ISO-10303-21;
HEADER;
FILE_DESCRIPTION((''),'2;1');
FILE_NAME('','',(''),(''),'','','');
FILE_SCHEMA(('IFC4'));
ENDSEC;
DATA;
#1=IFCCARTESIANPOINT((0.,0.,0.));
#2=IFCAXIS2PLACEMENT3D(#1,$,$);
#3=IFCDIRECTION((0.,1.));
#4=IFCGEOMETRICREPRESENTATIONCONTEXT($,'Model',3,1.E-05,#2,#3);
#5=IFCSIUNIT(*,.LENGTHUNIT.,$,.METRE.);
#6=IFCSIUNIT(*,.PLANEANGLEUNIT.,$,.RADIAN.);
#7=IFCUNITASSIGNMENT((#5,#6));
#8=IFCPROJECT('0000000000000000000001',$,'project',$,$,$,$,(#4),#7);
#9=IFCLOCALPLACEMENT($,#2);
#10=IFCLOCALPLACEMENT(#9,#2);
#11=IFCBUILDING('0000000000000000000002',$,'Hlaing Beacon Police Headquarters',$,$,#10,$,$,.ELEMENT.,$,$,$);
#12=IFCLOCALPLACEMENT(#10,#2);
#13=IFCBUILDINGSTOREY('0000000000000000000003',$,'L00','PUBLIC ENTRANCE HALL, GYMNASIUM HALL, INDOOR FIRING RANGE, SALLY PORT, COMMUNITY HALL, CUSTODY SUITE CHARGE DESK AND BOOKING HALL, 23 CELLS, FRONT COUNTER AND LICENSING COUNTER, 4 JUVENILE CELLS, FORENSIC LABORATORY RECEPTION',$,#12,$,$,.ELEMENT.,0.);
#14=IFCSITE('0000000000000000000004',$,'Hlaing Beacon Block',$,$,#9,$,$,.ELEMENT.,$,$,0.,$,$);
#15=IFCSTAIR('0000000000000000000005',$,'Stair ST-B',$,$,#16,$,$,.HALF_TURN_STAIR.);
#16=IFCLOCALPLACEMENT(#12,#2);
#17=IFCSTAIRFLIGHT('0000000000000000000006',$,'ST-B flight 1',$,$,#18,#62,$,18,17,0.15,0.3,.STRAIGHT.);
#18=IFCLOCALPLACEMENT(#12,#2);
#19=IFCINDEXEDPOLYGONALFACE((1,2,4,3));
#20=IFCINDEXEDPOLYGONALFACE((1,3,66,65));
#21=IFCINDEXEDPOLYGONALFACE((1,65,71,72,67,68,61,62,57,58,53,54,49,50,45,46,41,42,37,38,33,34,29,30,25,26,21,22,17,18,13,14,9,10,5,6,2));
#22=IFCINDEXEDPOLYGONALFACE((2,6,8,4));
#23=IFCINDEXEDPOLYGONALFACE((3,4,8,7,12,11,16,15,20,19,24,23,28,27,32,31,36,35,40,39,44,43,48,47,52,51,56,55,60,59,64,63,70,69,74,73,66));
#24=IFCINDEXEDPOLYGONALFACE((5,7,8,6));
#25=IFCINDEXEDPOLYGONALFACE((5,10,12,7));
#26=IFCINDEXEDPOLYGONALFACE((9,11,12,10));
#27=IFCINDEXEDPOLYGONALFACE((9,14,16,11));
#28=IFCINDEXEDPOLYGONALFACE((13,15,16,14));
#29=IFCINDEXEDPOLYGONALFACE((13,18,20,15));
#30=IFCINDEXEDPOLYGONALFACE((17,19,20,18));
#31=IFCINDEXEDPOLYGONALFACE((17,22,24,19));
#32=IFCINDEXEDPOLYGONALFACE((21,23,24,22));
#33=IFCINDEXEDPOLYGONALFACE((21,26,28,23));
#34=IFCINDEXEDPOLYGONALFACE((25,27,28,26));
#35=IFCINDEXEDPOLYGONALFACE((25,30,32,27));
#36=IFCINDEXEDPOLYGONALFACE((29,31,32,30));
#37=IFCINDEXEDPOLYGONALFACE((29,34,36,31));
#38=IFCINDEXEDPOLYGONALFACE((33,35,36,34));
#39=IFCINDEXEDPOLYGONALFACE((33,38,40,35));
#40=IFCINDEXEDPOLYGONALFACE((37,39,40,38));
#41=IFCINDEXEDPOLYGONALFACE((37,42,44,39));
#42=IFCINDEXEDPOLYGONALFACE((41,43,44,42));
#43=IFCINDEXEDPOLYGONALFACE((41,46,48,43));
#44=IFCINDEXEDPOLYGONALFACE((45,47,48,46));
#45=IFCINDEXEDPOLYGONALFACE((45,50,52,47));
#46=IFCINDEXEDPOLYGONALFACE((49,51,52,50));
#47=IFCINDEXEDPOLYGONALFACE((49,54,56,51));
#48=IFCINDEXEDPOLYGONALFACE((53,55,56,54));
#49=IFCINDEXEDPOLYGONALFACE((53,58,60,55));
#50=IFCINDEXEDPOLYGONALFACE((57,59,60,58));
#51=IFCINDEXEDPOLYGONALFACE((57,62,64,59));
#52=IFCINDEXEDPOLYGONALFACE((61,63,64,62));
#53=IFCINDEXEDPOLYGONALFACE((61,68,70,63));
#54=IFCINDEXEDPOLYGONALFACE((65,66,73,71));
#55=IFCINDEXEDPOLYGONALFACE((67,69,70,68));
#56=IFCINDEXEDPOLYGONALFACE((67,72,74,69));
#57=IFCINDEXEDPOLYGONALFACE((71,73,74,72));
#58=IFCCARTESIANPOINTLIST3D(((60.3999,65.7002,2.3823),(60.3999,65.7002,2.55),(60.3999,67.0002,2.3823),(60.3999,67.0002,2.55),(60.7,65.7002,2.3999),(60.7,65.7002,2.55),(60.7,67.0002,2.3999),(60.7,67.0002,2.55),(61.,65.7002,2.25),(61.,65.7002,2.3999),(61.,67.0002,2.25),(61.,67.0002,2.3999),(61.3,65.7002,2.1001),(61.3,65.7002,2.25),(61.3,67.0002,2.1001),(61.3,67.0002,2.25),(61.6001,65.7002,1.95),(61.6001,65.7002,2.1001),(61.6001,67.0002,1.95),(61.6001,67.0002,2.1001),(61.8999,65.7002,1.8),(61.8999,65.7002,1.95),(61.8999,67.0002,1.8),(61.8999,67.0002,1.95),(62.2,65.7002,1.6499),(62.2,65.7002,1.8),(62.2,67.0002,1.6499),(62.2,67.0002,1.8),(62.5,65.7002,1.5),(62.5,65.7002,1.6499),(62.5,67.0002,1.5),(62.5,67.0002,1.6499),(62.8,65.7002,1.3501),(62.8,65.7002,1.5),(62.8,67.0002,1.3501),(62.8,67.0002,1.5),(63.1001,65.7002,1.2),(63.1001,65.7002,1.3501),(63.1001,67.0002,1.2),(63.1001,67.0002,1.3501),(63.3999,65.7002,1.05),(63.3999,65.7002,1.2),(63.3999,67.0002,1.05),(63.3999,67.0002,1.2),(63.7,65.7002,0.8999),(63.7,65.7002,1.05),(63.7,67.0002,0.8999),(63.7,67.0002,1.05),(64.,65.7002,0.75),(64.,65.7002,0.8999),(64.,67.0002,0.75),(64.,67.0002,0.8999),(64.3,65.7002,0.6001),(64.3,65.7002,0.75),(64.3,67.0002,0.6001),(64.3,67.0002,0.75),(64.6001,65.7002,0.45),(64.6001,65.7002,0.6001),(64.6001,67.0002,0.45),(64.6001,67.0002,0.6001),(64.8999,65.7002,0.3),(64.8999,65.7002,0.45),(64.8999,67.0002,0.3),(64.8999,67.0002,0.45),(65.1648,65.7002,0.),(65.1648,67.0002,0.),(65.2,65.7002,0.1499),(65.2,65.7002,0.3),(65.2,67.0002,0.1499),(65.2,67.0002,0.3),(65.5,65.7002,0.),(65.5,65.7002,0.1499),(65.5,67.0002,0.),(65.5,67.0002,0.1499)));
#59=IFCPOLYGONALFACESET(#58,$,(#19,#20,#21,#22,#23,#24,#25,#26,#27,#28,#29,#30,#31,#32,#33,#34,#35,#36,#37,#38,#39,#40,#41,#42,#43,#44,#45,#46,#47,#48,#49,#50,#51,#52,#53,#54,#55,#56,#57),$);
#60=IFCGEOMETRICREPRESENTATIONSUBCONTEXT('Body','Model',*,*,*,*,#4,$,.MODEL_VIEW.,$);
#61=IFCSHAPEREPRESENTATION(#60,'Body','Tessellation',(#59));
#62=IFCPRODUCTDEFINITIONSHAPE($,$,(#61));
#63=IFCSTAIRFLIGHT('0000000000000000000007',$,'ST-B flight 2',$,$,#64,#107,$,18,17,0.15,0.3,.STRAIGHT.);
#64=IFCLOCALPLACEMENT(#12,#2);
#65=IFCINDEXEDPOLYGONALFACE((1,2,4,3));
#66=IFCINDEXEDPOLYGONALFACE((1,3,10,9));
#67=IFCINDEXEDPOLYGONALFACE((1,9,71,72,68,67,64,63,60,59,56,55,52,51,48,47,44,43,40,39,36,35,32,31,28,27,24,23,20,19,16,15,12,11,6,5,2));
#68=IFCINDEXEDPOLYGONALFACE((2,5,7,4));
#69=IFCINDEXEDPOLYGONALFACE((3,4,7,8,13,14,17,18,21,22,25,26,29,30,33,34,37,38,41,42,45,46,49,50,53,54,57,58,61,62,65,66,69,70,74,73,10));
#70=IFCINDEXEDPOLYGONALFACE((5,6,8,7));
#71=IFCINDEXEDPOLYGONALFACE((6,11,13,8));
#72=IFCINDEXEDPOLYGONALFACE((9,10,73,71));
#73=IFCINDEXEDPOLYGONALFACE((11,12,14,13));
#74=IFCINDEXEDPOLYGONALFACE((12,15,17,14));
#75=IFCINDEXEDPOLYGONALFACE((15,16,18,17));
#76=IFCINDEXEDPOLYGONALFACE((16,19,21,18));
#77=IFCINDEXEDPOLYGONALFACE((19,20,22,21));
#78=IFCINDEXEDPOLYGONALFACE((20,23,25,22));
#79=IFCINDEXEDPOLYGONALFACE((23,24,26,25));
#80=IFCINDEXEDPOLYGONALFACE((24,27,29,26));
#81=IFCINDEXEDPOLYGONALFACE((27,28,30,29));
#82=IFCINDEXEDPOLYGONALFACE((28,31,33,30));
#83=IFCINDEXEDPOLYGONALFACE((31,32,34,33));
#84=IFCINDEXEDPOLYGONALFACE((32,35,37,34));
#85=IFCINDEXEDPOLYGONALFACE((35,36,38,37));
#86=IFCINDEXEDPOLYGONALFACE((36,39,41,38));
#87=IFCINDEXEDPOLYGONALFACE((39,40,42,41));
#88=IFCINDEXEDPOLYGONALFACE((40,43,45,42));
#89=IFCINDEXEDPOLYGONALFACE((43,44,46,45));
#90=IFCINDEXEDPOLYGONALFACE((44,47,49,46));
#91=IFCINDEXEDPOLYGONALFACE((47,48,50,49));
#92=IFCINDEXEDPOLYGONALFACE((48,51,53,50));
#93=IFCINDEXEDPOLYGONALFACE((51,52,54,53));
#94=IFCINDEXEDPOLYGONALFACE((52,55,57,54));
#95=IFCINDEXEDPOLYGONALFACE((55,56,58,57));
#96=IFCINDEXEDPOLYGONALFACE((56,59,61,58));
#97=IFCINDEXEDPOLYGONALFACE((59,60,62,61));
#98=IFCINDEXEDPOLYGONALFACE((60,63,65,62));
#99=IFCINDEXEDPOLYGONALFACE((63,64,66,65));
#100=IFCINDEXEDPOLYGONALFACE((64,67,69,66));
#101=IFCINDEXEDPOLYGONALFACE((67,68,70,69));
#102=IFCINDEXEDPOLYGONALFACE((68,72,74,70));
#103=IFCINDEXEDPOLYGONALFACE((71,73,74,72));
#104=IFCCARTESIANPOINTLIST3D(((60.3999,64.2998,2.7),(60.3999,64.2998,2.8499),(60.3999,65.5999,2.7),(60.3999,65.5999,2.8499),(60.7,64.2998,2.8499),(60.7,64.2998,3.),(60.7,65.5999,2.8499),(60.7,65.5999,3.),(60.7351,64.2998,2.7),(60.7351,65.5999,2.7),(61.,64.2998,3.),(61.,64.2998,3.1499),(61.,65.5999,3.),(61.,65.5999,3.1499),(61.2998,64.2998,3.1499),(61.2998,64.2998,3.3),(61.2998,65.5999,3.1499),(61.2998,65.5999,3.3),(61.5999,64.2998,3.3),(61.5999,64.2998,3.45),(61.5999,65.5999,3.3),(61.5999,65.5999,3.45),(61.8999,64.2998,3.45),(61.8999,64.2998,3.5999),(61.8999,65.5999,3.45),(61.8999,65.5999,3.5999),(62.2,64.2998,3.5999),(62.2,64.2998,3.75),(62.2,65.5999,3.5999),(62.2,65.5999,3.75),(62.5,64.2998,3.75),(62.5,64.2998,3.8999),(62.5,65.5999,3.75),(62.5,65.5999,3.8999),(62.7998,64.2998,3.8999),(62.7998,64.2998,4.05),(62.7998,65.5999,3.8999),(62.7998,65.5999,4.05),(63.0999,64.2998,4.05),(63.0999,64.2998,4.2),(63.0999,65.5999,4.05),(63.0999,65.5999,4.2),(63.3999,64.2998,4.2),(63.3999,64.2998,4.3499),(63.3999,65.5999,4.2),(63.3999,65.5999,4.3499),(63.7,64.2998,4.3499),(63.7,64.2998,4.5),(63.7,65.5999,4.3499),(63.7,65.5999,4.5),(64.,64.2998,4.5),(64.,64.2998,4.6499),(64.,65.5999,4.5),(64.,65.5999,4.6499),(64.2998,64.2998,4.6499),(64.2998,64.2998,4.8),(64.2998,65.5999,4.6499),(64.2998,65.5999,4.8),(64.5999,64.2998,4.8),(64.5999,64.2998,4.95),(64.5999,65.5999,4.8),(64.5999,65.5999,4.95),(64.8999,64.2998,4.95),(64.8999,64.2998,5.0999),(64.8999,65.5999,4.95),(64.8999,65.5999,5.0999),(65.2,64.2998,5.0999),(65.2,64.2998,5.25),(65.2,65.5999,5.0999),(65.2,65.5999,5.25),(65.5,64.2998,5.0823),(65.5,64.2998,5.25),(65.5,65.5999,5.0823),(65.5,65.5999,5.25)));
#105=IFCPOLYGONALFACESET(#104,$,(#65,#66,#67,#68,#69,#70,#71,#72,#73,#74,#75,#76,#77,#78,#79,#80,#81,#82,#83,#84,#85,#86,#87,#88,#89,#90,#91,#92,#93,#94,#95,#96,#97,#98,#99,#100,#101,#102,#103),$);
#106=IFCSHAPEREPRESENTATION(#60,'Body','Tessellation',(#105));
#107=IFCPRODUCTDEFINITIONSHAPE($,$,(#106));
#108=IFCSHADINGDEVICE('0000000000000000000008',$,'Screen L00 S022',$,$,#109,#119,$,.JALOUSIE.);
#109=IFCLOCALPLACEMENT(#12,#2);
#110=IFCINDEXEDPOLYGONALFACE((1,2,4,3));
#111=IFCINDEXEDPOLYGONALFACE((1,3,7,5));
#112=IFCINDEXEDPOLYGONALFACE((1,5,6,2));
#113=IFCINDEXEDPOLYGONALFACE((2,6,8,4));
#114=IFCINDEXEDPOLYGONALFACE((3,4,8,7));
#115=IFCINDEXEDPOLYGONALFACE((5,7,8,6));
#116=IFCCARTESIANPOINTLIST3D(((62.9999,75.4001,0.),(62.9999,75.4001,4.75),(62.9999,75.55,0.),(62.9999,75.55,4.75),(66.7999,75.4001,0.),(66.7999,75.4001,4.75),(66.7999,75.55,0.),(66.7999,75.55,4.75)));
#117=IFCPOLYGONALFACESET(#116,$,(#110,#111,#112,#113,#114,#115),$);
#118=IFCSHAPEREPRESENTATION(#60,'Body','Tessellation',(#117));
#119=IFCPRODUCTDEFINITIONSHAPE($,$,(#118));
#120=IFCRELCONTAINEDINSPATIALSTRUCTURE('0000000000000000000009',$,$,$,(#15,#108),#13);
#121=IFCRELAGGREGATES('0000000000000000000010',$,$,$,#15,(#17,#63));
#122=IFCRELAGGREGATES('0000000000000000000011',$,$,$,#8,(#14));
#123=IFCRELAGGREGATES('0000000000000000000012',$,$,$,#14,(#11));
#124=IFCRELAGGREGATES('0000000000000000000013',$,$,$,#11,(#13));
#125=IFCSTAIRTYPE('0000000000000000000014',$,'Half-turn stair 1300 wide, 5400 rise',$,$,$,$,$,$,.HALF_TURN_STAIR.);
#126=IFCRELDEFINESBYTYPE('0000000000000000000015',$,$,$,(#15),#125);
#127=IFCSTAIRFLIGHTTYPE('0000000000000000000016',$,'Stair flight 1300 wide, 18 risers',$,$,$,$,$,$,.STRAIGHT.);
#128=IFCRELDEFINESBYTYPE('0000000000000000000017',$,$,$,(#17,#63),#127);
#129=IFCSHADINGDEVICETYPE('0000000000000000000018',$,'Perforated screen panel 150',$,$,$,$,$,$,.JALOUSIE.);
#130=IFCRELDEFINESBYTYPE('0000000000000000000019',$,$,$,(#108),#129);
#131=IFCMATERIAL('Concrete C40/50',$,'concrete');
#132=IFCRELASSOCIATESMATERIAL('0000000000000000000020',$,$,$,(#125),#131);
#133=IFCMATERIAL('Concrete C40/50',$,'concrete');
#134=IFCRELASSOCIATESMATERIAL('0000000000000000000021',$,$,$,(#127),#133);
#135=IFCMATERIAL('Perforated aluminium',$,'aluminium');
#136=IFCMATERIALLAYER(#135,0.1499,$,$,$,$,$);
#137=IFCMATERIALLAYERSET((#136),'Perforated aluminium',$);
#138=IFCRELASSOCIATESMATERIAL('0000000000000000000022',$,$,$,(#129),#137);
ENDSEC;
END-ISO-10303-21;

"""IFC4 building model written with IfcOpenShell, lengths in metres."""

from ifc_helpers import new_model, si_unit, direction, frame, origin, origin_2d, place, context, subcontext, project, spatial, polyline, rectangle, outline, extrude, material, layer, layer_set, type_object, element, aggregate, save


model = new_model("IFC4")

# Units and contexts
model_context = context("Model", 3, precision=1e-05, world=origin(), true_north=direction((0.0, 1.0)))
body_context = subcontext(model_context, "Body", "Model", "MODEL_VIEW")
ifc_project = project(units=[si_unit("LENGTHUNIT", "METRE"), si_unit("PLANEANGLEUNIT", "RADIAN")], contexts=[model_context])

# Site, building, storey
site_placement = place(None, origin())
site = spatial("IfcSite", under=ifc_project, at=site_placement, Name="Hlaing Beacon Block", CompositionType="ELEMENT", RefElevation=0.0)
building_placement = place(site_placement, origin())
building = spatial("IfcBuilding", under=site, at=building_placement, Name="Hlaing Beacon Police Headquarters", CompositionType="ELEMENT")
storey_placement = place(building_placement, origin())
storey = spatial("IfcBuildingStorey", under=building, at=storey_placement, Name="L00", Description="PUBLIC ENTRANCE HALL, GYMNASIUM HALL, INDOOR FIRING RANGE, SALLY PORT, COMMUNITY HALL, CUSTODY SUITE CHARGE DESK AND BOOKING HALL, 23 CELLS, FRONT COUNTER AND LICENSING COUNTER, 4 JUVENILE CELLS, FORENSIC LABORATORY RECEPTION", CompositionType="ELEMENT", Elevation=0.0)

# Stair, stair flights
ifc_material_1 = material(Name="Concrete C40/50", Category="concrete")
stair_type = type_object("IfcStairType", Name="Half-turn stair 1300 wide, 5400 rise", PredefinedType="HALF_TURN_STAIR", material=ifc_material_1)
stair_placement = place(storey_placement, origin())
stair = element("IfcStair", 1, at=stair_placement, inside=storey, type_object=stair_type, Name="Stair ST-B", PredefinedType="HALF_TURN_STAIR")
ifc_material_2 = material(Name="Concrete C40/50", Category="concrete")
stair_flight_type = type_object("IfcStairFlightType", Name="Stair flight 1300 wide, 18 risers", PredefinedType="STRAIGHT", material=ifc_material_2)
stair_flight_1_placement = place(storey_placement, frame((65.5, 66.3501, 0.0), z_axis=(0.0, 0.0, 1.0), x_axis=(-1.0, 0.0, 0.0)))
stair_flight_1 = element("IfcStairFlight", 2, at=stair_flight_1_placement, type_object=stair_flight_type, Name="ST-B flight 1", NumberOfRisers=18, NumberOfTreads=17, PredefinedType="STRAIGHT", RiserHeight=0.15, TreadLength=0.3, context=body_context, shape_type="SweptSolid", body=[
    extrude(outline(polyline([(0.0, 0.0), (0.0, 0.1499), (0.3, 0.1499), (0.3, 0.3), (0.6001, 0.3), (0.6001, 0.45), (0.8999, 0.45), (0.8999, 0.6001), (1.2, 0.6001), (1.2, 0.75), (1.5, 0.75), (1.5, 0.8999), (1.8, 0.8999), (1.8, 1.05), (2.1001, 1.05), (2.1001, 1.2), (2.3999, 1.2), (2.3999, 1.3501), (2.7, 1.3501), (2.7, 1.5), (3.0, 1.5), (3.0, 1.6499), (3.3, 1.6499), (3.3, 1.8), (3.6001, 1.8), (3.6001, 1.95), (3.8999, 1.95), (3.8999, 2.1001), (4.2, 2.1001), (4.2, 2.25), (4.5, 2.25), (4.5, 2.3999), (4.8, 2.3999), (4.8, 2.55), (5.1001, 2.55), (5.1001, 2.7), (5.1001, 2.3823), (0.3352, 0.0), (0.0, 0.0)])), frame((0.0, 0.6499, 0.0), z_axis=(0.0, -1.0, 0.0), x_axis=(1.0, 0.0, 0.0)), (0.0, 0.0, 1.0), 1.3),
])
stair_flight_2_placement = place(storey_placement, frame((60.3999, 64.95, 2.7), z_axis=(0.0, 0.0, 1.0), x_axis=(1.0, 0.0, 0.0)))
stair_flight_2 = element("IfcStairFlight", 3, at=stair_flight_2_placement, type_object=stair_flight_type, Name="ST-B flight 2", NumberOfRisers=18, NumberOfTreads=17, PredefinedType="STRAIGHT", RiserHeight=0.15, TreadLength=0.3, context=body_context, shape_type="SweptSolid", body=[
    extrude(outline(polyline([(0.0, 0.0), (0.0, 0.1499), (0.3, 0.1499), (0.3, 0.3), (0.6001, 0.3), (0.6001, 0.45), (0.8999, 0.45), (0.8999, 0.6001), (1.2, 0.6001), (1.2, 0.75), (1.5, 0.75), (1.5, 0.8999), (1.8, 0.8999), (1.8, 1.05), (2.1001, 1.05), (2.1001, 1.2), (2.3999, 1.2), (2.3999, 1.3501), (2.7, 1.3501), (2.7, 1.5), (3.0, 1.5), (3.0, 1.6499), (3.3, 1.6499), (3.3, 1.8), (3.6001, 1.8), (3.6001, 1.95), (3.8999, 1.95), (3.8999, 2.1001), (4.2, 2.1001), (4.2, 2.25), (4.5, 2.25), (4.5, 2.3999), (4.8, 2.3999), (4.8, 2.55), (5.1001, 2.55), (5.1001, 2.7), (5.1001, 2.3823), (0.3352, 0.0), (0.0, 0.0)])), frame((0.0, 0.6499, 0.0), z_axis=(0.0, -1.0, 0.0), x_axis=(1.0, 0.0, 0.0)), (0.0, 0.0, 1.0), 1.3),
])
aggregate(stair, [stair_flight_1, stair_flight_2])

# Shading device
ifc_material_3 = material(Name="Perforated aluminium", Category="aluminium")
ifc_layer_1 = layer(ifc_material_3, 0.1499)
ifc_layer_set_1 = layer_set([ifc_layer_1], Name="Perforated aluminium")
shading_device_type = type_object("IfcShadingDeviceType", Name="Perforated screen panel 150", PredefinedType="JALOUSIE", material=ifc_layer_set_1)
shading_device_placement = place(storey_placement, frame((64.8999, 75.4751, 0.0), z_axis=(0.0, 0.0, 1.0), x_axis=(1.0, 0.0, 0.0)))
element("IfcShadingDevice", 4, at=shading_device_placement, inside=storey, type_object=shading_device_type, Name="Screen L00 S022", PredefinedType="JALOUSIE", context=body_context, shape_type="SweptSolid", body=[
    extrude(rectangle(XDim=3.8, YDim=0.1499, at=origin_2d()), origin(), (0.0, 0.0, 1.0), 4.75),
])

save(model, "model.ifc")
